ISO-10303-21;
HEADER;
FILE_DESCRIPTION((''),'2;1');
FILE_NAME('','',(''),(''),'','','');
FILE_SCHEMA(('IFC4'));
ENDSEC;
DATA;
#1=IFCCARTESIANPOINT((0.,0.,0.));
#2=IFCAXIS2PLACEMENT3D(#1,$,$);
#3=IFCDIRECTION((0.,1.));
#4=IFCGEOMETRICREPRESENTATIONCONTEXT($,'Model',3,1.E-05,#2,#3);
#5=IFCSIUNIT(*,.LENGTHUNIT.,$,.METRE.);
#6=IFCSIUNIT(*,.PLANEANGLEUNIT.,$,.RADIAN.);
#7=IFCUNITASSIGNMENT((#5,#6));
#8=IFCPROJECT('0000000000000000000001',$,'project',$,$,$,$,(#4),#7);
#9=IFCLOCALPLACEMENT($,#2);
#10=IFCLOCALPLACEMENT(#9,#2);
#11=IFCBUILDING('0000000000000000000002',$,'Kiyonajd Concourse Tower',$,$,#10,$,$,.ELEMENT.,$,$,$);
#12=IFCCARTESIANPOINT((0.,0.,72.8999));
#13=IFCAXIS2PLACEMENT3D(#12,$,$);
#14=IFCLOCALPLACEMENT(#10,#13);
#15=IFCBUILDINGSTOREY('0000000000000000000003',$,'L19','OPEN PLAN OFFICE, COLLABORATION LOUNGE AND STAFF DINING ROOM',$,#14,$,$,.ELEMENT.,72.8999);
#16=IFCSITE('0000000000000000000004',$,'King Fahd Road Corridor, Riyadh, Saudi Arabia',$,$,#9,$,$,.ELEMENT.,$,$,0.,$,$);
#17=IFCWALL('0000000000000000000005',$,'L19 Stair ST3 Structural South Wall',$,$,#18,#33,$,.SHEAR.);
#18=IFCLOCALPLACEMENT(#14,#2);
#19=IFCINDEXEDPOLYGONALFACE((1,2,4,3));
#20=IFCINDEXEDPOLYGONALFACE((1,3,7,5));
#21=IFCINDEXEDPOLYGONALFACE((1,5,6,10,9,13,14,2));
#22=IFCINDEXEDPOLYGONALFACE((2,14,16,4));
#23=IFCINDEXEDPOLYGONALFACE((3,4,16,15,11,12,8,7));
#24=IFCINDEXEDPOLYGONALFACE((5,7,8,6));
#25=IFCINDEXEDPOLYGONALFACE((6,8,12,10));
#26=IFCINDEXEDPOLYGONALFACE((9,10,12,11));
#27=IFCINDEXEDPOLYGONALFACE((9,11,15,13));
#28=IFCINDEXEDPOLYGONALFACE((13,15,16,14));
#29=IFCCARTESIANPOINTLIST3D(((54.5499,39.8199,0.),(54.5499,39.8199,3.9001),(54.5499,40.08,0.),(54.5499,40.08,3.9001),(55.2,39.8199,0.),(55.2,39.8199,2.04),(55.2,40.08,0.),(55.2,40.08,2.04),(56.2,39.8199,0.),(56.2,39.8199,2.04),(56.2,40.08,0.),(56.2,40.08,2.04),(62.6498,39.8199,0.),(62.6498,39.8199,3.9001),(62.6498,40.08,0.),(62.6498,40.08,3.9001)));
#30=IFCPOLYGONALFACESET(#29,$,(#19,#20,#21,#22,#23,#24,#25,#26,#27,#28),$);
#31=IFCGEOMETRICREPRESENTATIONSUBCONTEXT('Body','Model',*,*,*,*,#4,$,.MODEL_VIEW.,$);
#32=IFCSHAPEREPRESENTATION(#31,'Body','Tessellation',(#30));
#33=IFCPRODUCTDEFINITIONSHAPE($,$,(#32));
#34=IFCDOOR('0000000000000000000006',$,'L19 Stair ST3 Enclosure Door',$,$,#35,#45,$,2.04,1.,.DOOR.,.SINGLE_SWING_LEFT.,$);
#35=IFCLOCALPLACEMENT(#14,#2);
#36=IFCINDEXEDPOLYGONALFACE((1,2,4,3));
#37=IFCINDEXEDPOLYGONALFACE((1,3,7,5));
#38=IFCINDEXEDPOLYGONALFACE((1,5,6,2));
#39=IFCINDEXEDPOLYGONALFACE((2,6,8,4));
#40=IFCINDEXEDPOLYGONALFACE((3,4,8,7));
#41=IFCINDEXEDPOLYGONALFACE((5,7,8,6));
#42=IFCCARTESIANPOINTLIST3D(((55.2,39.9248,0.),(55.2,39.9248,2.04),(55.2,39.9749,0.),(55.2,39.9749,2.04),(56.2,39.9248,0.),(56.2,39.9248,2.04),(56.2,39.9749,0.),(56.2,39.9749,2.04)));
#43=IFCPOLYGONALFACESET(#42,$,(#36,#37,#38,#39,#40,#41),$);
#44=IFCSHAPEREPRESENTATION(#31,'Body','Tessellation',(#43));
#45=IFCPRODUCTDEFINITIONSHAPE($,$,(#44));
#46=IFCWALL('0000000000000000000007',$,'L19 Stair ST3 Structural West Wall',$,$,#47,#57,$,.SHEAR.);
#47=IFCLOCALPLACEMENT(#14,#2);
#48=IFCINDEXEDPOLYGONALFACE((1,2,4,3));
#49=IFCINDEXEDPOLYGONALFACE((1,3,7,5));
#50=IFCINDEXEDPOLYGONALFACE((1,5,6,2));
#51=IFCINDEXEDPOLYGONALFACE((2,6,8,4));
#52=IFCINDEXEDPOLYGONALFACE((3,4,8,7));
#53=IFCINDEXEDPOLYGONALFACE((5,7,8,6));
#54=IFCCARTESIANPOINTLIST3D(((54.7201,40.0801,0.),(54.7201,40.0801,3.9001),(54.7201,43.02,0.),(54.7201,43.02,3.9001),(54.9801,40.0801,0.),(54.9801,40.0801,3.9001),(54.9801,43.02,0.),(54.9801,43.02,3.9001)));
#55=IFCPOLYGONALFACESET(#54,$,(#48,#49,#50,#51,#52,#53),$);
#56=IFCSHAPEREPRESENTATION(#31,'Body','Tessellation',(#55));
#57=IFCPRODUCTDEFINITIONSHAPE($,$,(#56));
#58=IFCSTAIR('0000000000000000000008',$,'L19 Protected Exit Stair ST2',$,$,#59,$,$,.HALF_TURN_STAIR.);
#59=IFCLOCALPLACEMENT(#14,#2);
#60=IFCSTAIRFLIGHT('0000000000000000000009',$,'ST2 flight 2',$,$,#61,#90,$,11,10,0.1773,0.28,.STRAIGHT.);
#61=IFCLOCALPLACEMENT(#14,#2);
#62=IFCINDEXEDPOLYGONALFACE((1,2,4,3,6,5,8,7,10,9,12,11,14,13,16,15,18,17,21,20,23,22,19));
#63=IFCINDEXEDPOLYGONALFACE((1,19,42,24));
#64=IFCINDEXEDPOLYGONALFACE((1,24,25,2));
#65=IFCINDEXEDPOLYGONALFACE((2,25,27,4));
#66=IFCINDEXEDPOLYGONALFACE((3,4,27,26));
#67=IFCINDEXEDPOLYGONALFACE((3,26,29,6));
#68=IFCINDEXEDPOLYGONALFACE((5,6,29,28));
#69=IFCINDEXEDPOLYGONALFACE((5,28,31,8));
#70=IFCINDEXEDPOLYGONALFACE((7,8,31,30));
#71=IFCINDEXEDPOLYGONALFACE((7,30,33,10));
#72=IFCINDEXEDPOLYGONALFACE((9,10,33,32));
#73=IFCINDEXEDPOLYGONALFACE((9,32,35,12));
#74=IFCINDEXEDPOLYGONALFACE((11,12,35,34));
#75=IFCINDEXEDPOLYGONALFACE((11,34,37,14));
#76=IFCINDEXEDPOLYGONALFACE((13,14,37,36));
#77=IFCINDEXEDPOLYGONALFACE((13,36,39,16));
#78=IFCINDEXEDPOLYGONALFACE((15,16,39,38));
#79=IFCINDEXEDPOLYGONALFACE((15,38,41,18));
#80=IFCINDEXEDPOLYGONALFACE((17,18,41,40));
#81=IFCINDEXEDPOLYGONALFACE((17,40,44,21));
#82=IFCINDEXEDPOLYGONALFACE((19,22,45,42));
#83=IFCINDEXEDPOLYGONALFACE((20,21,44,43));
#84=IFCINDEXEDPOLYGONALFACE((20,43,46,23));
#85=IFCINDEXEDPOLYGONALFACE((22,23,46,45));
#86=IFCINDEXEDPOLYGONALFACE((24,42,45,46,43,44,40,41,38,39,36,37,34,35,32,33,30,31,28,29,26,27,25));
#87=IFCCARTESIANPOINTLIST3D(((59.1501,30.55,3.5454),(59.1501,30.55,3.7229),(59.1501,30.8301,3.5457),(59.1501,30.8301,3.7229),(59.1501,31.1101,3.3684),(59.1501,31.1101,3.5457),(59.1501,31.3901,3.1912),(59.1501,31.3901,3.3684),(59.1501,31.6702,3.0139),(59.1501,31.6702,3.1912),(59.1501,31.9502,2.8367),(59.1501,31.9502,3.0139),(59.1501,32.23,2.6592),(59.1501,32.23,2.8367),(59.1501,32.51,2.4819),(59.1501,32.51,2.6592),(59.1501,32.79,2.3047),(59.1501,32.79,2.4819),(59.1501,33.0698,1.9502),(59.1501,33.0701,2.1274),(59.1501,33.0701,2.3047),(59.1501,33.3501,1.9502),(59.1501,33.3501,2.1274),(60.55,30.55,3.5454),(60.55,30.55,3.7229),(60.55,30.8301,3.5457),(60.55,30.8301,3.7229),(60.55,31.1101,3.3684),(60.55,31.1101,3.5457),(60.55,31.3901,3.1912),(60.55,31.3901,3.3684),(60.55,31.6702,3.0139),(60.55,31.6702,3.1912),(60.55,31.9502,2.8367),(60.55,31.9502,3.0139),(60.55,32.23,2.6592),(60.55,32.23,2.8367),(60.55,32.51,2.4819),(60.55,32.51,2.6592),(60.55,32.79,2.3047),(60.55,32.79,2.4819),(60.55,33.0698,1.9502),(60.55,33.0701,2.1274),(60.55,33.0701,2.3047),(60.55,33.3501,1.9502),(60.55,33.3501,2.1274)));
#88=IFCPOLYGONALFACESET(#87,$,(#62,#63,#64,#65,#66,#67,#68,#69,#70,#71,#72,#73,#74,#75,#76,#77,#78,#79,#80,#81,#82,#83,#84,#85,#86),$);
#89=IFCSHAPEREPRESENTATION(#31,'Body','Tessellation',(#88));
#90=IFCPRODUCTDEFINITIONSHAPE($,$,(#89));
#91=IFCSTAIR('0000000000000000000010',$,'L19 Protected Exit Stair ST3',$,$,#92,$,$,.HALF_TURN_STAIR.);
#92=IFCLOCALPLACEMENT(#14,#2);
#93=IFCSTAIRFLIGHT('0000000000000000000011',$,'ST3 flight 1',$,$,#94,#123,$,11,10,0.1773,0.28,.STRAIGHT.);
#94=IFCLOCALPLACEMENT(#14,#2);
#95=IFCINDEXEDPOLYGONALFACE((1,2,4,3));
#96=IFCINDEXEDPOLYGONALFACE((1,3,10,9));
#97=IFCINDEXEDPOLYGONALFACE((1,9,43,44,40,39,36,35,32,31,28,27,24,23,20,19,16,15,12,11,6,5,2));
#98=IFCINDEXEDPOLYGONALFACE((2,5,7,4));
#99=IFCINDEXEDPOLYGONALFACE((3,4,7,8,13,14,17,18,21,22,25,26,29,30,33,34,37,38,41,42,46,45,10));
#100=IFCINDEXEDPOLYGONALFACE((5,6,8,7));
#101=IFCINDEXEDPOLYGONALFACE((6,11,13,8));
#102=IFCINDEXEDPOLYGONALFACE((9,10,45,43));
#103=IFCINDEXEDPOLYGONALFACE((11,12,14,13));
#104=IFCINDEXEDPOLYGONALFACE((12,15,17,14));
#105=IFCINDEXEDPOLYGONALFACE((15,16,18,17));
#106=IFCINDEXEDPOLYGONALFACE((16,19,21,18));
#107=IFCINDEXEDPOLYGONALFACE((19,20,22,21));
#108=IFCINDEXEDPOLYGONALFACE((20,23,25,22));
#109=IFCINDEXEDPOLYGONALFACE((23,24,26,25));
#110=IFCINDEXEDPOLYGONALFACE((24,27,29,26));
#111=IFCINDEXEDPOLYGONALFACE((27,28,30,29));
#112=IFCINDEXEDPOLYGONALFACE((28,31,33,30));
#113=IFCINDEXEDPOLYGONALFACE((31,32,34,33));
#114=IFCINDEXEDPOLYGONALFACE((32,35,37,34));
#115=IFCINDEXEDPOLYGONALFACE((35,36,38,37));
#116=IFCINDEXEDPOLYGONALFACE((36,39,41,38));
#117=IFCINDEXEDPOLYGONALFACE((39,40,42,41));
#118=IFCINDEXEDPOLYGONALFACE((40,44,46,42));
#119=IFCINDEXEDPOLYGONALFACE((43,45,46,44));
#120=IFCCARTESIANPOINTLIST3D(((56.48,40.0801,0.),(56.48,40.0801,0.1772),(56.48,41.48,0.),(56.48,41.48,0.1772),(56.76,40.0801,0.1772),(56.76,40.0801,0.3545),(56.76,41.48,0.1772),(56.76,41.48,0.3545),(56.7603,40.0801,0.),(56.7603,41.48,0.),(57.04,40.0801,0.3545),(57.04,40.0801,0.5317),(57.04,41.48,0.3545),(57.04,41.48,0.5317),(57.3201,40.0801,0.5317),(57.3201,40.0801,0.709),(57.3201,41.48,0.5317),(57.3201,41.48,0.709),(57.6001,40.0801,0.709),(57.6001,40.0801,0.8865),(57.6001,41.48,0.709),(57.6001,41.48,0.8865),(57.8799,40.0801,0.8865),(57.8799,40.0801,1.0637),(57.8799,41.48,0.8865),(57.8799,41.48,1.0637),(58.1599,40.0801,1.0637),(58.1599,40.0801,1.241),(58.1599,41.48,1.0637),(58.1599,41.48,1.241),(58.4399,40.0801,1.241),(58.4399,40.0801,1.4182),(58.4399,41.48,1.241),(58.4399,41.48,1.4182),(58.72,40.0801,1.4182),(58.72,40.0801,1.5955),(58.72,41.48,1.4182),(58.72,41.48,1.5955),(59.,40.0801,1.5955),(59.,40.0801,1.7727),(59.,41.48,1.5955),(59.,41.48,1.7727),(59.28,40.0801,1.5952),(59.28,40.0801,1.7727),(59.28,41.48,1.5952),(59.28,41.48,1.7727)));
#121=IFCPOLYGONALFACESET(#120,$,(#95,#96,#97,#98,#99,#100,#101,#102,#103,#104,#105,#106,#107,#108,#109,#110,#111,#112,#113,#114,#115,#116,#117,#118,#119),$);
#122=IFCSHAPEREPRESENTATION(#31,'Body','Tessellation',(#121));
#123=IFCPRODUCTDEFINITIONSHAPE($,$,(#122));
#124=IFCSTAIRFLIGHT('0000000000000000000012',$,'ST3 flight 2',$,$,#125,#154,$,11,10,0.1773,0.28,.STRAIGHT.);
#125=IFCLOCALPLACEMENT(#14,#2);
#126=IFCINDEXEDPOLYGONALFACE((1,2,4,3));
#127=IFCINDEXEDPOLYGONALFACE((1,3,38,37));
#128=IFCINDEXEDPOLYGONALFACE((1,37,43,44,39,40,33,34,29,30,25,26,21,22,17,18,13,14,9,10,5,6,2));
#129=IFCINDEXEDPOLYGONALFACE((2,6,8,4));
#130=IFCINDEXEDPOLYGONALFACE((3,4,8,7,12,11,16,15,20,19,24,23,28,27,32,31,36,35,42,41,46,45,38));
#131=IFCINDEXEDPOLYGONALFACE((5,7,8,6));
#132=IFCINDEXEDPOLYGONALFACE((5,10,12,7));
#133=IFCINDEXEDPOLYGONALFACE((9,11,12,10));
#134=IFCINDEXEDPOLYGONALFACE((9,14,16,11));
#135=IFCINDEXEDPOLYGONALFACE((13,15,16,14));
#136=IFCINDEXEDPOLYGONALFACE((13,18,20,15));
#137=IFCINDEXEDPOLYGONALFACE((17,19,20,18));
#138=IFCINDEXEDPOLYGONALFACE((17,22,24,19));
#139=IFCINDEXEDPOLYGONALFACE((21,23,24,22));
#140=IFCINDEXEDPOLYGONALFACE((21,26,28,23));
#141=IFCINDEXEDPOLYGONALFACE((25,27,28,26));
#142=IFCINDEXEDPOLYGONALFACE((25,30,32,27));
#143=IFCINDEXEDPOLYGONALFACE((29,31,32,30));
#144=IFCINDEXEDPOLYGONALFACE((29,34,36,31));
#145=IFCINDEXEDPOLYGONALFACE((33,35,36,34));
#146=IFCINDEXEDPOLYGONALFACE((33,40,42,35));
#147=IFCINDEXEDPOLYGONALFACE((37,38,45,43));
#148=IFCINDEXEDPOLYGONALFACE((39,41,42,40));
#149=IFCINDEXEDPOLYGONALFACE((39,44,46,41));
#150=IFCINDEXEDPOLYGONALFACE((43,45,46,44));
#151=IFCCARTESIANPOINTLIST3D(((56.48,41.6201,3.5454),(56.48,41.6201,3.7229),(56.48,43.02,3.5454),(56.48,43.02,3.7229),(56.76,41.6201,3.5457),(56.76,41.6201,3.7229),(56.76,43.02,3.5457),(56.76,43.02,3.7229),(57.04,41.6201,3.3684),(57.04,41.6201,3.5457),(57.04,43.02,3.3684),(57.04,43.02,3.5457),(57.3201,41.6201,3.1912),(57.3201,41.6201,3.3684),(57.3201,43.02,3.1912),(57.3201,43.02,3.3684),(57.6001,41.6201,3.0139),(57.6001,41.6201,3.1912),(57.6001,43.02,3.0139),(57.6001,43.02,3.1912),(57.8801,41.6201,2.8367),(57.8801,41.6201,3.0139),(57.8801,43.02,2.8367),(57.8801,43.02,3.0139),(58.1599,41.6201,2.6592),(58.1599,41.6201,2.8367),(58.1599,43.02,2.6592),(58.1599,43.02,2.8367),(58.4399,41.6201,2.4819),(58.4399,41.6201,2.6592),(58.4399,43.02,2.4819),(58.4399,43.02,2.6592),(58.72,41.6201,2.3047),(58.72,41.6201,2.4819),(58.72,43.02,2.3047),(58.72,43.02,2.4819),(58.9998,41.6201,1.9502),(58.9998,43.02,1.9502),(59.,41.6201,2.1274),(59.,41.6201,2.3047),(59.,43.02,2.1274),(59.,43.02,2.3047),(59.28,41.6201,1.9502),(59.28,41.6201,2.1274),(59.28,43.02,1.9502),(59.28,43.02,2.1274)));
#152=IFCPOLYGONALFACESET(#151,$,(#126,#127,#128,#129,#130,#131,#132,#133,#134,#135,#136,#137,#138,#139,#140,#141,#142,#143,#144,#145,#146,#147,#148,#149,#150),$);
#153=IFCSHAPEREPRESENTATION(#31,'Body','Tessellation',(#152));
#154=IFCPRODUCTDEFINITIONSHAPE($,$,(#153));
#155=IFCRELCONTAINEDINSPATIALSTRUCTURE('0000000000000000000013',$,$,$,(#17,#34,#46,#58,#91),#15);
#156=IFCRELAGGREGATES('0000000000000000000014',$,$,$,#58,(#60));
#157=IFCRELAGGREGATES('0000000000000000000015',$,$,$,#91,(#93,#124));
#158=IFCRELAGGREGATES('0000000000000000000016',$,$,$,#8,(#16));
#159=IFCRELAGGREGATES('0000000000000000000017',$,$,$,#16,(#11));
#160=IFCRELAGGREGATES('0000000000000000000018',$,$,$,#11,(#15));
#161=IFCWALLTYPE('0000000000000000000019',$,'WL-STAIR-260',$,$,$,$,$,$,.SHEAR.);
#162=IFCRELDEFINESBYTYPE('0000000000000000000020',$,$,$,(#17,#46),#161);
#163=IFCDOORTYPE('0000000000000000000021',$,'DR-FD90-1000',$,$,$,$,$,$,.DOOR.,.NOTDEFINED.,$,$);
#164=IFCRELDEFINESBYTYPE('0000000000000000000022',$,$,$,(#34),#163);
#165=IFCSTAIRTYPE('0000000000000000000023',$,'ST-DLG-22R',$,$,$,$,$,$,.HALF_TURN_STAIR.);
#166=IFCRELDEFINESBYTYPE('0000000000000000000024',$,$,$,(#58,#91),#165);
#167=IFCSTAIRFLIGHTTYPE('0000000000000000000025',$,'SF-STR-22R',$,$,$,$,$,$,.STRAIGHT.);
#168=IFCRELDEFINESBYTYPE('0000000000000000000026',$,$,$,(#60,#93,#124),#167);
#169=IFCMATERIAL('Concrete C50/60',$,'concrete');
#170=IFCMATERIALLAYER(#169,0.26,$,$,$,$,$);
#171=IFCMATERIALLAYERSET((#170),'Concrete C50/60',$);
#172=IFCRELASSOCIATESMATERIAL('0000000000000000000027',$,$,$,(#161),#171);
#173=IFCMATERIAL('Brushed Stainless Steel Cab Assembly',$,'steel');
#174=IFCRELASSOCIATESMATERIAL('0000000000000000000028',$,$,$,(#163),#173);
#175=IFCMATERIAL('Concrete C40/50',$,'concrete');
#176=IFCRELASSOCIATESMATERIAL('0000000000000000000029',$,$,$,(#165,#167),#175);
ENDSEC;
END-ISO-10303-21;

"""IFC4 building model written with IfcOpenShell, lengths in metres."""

from ifc_helpers import new_model, si_unit, direction, frame, frame_2d, origin, place, context, subcontext, project, spatial, polyline, rectangle, outline, extrude, material, layer, layer_set, type_object, element, fill, aggregate, save


model = new_model("IFC4")

# Units and contexts
model_context = context("Model", 3, precision=1e-05, world=origin(), true_north=direction((0.0, 1.0)))
body_context = subcontext(model_context, "Body", "Model", "MODEL_VIEW")
ifc_project = project(units=[si_unit("LENGTHUNIT", "METRE"), si_unit("PLANEANGLEUNIT", "RADIAN")], contexts=[model_context])

# Site, building, storey
site_placement = place(None, origin())
site = spatial("IfcSite", under=ifc_project, at=site_placement, Name="King Fahd Road Corridor, Riyadh, Saudi Arabia", CompositionType="ELEMENT", RefElevation=0.0)
building_placement = place(site_placement, origin())
building = spatial("IfcBuilding", under=site, at=building_placement, Name="Kiyonajd Concourse Tower", CompositionType="ELEMENT")
storey_placement = place(building_placement, frame((0.0, 0.0, 72.8999)))
storey = spatial("IfcBuildingStorey", under=building, at=storey_placement, Name="L19", Description="OPEN PLAN OFFICE, COLLABORATION LOUNGE AND STAFF DINING ROOM", CompositionType="ELEMENT", Elevation=72.8999)

# Shared definitions
ifc_material_1 = material(Name="Concrete C50/60", Category="concrete")

# Shared definitions
ifc_material_2 = material(Name="Brushed Stainless Steel Cab Assembly", Category="steel")

# Shared definitions
ifc_layer_1 = layer(ifc_material_1, 0.26)
ifc_layer_set_1 = layer_set([ifc_layer_1], Name="Concrete C50/60")
wall_type_1 = type_object("IfcWallType", Name="WL-STAIR-260", PredefinedType="SHEAR", material=ifc_layer_set_1)

# Wall, opening, door
wall_1_placement = place(storey_placement, frame((54.55, 39.95, 0.0), z_axis=(0.0, 0.0, 1.0), x_axis=(1.0, 0.0, 0.0)))
wall_1 = element("IfcWall", 1, at=wall_1_placement, inside=storey, type_object=wall_type_1, Name="L19 Stair ST3 Structural South Wall", PredefinedType="SHEAR", context=body_context, shape_type="SweptSolid", body=[
    extrude(rectangle(XDim=8.0999, YDim=0.26, at=frame_2d((4.0498, 0.0))), origin(), (0.0, 0.0, 1.0), 3.9001),
])
opening_1_placement = place(wall_1_placement, frame((0.6499, 0.0, 0.0)))
opening_1 = element("IfcOpeningElement", 2, at=opening_1_placement, cuts=wall_1, PredefinedType="OPENING", context=body_context, shape_type="SweptSolid", body=[
    extrude(rectangle(XDim=1.0, YDim=2.04, at=frame_2d((0.5, 1.02))), frame((0.0, 0.1399, 0.0), z_axis=(0.0, -1.0, 0.0), x_axis=(1.0, 0.0, 0.0)), (0.0, 0.0, 1.0), 0.28),
])
door_type_1 = type_object("IfcDoorType", Name="DR-FD90-1000", OperationType="NOTDEFINED", PredefinedType="DOOR", material=ifc_material_2)
door_1_placement = place(opening_1_placement, origin())
door_1 = element("IfcDoor", 3, at=door_1_placement, inside=storey, type_object=door_type_1, Name="L19 Stair ST3 Enclosure Door", OperationType="SINGLE_SWING_LEFT", OverallHeight=2.04, OverallWidth=1.0, PredefinedType="DOOR", context=body_context, shape_type="SweptSolid", body=[
    extrude(rectangle(XDim=1.0, YDim=2.04, at=frame_2d((0.5, 1.02))), frame((0.0, 0.0249, 0.0), z_axis=(0.0, -1.0, 0.0), x_axis=(1.0, 0.0, 0.0)), (0.0, 0.0, 1.0), 0.05),
])
fill(opening_1, door_1)

# Wall
wall_2_placement = place(storey_placement, frame((54.8501, 40.0801, 0.0), z_axis=(0.0, 0.0, 1.0), x_axis=(0.0, 1.0, 0.0)))
element("IfcWall", 4, at=wall_2_placement, inside=storey, type_object=wall_type_1, Name="L19 Stair ST3 Structural West Wall", PredefinedType="SHEAR", context=body_context, shape_type="SweptSolid", body=[
    extrude(rectangle(XDim=2.9399, YDim=0.26, at=frame_2d((1.47, 0.0))), origin(), (0.0, 0.0, 1.0), 3.9001),
])

# Stair, stair flight
ifc_material_3 = material(Name="Concrete C40/50", Category="concrete")
stair_type = type_object("IfcStairType", Name="ST-DLG-22R", PredefinedType="HALF_TURN_STAIR", material=ifc_material_3)
stair_1_placement = place(storey_placement, origin())
stair_1 = element("IfcStair", 5, at=stair_1_placement, inside=storey, type_object=stair_type, Name="L19 Protected Exit Stair ST2", PredefinedType="HALF_TURN_STAIR")
stair_flight_type = type_object("IfcStairFlightType", Name="SF-STR-22R", PredefinedType="STRAIGHT", material=ifc_material_3)
stair_flight_1_placement = place(storey_placement, frame((59.8501, 33.3501, 1.9502), z_axis=(0.0, 0.0, 1.0), x_axis=(0.0, -1.0, 0.0)))
stair_flight_1 = element("IfcStairFlight", 6, at=stair_flight_1_placement, type_object=stair_flight_type, Name="ST2 flight 2", NumberOfRisers=11, NumberOfTreads=10, PredefinedType="STRAIGHT", RiserHeight=0.1773, TreadLength=0.28, context=body_context, shape_type="SweptSolid", body=[
    extrude(outline(polyline([(0.0, 0.0), (0.0, 0.1772), (0.28, 0.1772), (0.28, 0.3545), (0.5601, 0.3545), (0.5601, 0.5317), (0.8401, 0.5317), (0.8401, 0.709), (1.1201, 0.709), (1.1201, 0.8865), (1.3999, 0.8865), (1.3999, 1.0637), (1.6799, 1.0637), (1.6799, 1.241), (1.96, 1.241), (1.96, 1.4182), (2.24, 1.4182), (2.24, 1.5955), (2.52, 1.5955), (2.52, 1.7727), (2.8, 1.7727), (2.8, 1.95), (2.8, 1.5952), (0.2803, 0.0), (0.0, 0.0)])), frame((0.0, 0.7, 0.0), z_axis=(0.0, -1.0, 0.0), x_axis=(1.0, 0.0, 0.0)), (0.0, 0.0, 1.0), 1.3999),
])
aggregate(stair_1, [stair_flight_1])

# Stair, stair flights
stair_2_placement = place(storey_placement, origin())
stair_2 = element("IfcStair", 7, at=stair_2_placement, inside=storey, type_object=stair_type, Name="L19 Protected Exit Stair ST3", PredefinedType="HALF_TURN_STAIR")
stair_flight_2_placement = place(storey_placement, frame((56.48, 40.78, 0.0), z_axis=(0.0, 0.0, 1.0), x_axis=(1.0, 0.0, 0.0)))
stair_flight_2 = element("IfcStairFlight", 8, at=stair_flight_2_placement, type_object=stair_flight_type, Name="ST3 flight 1", NumberOfRisers=11, NumberOfTreads=10, PredefinedType="STRAIGHT", RiserHeight=0.1773, TreadLength=0.28, context=body_context, shape_type="SweptSolid", body=[
    extrude(outline(polyline([(0.0, 0.0), (0.0, 0.1772), (0.28, 0.1772), (0.28, 0.3545), (0.5601, 0.3545), (0.5601, 0.5317), (0.8401, 0.5317), (0.8401, 0.709), (1.1201, 0.709), (1.1201, 0.8865), (1.3999, 0.8865), (1.3999, 1.0637), (1.6799, 1.0637), (1.6799, 1.241), (1.96, 1.241), (1.96, 1.4182), (2.24, 1.4182), (2.24, 1.5955), (2.52, 1.5955), (2.52, 1.7727), (2.8, 1.7727), (2.8, 1.95), (2.8, 1.5952), (0.2803, 0.0), (0.0, 0.0)])), frame((0.0, 0.7, 0.0), z_axis=(0.0, -1.0, 0.0), x_axis=(1.0, 0.0, 0.0)), (0.0, 0.0, 1.0), 1.3999),
])
stair_flight_3_placement = place(storey_placement, frame((59.28, 42.3201, 1.9502), z_axis=(0.0, 0.0, 1.0), x_axis=(-1.0, 0.0, 0.0)))
stair_flight_3 = element("IfcStairFlight", 9, at=stair_flight_3_placement, type_object=stair_flight_type, Name="ST3 flight 2", NumberOfRisers=11, NumberOfTreads=10, PredefinedType="STRAIGHT", RiserHeight=0.1773, TreadLength=0.28, context=body_context, shape_type="SweptSolid", body=[
    extrude(outline(polyline([(0.0, 0.0), (0.0, 0.1772), (0.28, 0.1772), (0.28, 0.3545), (0.5601, 0.3545), (0.5601, 0.5317), (0.8401, 0.5317), (0.8401, 0.709), (1.1201, 0.709), (1.1201, 0.8865), (1.3999, 0.8865), (1.3999, 1.0637), (1.6799, 1.0637), (1.6799, 1.241), (1.96, 1.241), (1.96, 1.4182), (2.24, 1.4182), (2.24, 1.5955), (2.52, 1.5955), (2.52, 1.7727), (2.8, 1.7727), (2.8, 1.95), (2.8, 1.5952), (0.2803, 0.0), (0.0, 0.0)])), frame((0.0, 0.7, 0.0), z_axis=(0.0, -1.0, 0.0), x_axis=(1.0, 0.0, 0.0)), (0.0, 0.0, 1.0), 1.3999),
])
aggregate(stair_2, [stair_flight_2, stair_flight_3])

save(model, "model.ifc")
